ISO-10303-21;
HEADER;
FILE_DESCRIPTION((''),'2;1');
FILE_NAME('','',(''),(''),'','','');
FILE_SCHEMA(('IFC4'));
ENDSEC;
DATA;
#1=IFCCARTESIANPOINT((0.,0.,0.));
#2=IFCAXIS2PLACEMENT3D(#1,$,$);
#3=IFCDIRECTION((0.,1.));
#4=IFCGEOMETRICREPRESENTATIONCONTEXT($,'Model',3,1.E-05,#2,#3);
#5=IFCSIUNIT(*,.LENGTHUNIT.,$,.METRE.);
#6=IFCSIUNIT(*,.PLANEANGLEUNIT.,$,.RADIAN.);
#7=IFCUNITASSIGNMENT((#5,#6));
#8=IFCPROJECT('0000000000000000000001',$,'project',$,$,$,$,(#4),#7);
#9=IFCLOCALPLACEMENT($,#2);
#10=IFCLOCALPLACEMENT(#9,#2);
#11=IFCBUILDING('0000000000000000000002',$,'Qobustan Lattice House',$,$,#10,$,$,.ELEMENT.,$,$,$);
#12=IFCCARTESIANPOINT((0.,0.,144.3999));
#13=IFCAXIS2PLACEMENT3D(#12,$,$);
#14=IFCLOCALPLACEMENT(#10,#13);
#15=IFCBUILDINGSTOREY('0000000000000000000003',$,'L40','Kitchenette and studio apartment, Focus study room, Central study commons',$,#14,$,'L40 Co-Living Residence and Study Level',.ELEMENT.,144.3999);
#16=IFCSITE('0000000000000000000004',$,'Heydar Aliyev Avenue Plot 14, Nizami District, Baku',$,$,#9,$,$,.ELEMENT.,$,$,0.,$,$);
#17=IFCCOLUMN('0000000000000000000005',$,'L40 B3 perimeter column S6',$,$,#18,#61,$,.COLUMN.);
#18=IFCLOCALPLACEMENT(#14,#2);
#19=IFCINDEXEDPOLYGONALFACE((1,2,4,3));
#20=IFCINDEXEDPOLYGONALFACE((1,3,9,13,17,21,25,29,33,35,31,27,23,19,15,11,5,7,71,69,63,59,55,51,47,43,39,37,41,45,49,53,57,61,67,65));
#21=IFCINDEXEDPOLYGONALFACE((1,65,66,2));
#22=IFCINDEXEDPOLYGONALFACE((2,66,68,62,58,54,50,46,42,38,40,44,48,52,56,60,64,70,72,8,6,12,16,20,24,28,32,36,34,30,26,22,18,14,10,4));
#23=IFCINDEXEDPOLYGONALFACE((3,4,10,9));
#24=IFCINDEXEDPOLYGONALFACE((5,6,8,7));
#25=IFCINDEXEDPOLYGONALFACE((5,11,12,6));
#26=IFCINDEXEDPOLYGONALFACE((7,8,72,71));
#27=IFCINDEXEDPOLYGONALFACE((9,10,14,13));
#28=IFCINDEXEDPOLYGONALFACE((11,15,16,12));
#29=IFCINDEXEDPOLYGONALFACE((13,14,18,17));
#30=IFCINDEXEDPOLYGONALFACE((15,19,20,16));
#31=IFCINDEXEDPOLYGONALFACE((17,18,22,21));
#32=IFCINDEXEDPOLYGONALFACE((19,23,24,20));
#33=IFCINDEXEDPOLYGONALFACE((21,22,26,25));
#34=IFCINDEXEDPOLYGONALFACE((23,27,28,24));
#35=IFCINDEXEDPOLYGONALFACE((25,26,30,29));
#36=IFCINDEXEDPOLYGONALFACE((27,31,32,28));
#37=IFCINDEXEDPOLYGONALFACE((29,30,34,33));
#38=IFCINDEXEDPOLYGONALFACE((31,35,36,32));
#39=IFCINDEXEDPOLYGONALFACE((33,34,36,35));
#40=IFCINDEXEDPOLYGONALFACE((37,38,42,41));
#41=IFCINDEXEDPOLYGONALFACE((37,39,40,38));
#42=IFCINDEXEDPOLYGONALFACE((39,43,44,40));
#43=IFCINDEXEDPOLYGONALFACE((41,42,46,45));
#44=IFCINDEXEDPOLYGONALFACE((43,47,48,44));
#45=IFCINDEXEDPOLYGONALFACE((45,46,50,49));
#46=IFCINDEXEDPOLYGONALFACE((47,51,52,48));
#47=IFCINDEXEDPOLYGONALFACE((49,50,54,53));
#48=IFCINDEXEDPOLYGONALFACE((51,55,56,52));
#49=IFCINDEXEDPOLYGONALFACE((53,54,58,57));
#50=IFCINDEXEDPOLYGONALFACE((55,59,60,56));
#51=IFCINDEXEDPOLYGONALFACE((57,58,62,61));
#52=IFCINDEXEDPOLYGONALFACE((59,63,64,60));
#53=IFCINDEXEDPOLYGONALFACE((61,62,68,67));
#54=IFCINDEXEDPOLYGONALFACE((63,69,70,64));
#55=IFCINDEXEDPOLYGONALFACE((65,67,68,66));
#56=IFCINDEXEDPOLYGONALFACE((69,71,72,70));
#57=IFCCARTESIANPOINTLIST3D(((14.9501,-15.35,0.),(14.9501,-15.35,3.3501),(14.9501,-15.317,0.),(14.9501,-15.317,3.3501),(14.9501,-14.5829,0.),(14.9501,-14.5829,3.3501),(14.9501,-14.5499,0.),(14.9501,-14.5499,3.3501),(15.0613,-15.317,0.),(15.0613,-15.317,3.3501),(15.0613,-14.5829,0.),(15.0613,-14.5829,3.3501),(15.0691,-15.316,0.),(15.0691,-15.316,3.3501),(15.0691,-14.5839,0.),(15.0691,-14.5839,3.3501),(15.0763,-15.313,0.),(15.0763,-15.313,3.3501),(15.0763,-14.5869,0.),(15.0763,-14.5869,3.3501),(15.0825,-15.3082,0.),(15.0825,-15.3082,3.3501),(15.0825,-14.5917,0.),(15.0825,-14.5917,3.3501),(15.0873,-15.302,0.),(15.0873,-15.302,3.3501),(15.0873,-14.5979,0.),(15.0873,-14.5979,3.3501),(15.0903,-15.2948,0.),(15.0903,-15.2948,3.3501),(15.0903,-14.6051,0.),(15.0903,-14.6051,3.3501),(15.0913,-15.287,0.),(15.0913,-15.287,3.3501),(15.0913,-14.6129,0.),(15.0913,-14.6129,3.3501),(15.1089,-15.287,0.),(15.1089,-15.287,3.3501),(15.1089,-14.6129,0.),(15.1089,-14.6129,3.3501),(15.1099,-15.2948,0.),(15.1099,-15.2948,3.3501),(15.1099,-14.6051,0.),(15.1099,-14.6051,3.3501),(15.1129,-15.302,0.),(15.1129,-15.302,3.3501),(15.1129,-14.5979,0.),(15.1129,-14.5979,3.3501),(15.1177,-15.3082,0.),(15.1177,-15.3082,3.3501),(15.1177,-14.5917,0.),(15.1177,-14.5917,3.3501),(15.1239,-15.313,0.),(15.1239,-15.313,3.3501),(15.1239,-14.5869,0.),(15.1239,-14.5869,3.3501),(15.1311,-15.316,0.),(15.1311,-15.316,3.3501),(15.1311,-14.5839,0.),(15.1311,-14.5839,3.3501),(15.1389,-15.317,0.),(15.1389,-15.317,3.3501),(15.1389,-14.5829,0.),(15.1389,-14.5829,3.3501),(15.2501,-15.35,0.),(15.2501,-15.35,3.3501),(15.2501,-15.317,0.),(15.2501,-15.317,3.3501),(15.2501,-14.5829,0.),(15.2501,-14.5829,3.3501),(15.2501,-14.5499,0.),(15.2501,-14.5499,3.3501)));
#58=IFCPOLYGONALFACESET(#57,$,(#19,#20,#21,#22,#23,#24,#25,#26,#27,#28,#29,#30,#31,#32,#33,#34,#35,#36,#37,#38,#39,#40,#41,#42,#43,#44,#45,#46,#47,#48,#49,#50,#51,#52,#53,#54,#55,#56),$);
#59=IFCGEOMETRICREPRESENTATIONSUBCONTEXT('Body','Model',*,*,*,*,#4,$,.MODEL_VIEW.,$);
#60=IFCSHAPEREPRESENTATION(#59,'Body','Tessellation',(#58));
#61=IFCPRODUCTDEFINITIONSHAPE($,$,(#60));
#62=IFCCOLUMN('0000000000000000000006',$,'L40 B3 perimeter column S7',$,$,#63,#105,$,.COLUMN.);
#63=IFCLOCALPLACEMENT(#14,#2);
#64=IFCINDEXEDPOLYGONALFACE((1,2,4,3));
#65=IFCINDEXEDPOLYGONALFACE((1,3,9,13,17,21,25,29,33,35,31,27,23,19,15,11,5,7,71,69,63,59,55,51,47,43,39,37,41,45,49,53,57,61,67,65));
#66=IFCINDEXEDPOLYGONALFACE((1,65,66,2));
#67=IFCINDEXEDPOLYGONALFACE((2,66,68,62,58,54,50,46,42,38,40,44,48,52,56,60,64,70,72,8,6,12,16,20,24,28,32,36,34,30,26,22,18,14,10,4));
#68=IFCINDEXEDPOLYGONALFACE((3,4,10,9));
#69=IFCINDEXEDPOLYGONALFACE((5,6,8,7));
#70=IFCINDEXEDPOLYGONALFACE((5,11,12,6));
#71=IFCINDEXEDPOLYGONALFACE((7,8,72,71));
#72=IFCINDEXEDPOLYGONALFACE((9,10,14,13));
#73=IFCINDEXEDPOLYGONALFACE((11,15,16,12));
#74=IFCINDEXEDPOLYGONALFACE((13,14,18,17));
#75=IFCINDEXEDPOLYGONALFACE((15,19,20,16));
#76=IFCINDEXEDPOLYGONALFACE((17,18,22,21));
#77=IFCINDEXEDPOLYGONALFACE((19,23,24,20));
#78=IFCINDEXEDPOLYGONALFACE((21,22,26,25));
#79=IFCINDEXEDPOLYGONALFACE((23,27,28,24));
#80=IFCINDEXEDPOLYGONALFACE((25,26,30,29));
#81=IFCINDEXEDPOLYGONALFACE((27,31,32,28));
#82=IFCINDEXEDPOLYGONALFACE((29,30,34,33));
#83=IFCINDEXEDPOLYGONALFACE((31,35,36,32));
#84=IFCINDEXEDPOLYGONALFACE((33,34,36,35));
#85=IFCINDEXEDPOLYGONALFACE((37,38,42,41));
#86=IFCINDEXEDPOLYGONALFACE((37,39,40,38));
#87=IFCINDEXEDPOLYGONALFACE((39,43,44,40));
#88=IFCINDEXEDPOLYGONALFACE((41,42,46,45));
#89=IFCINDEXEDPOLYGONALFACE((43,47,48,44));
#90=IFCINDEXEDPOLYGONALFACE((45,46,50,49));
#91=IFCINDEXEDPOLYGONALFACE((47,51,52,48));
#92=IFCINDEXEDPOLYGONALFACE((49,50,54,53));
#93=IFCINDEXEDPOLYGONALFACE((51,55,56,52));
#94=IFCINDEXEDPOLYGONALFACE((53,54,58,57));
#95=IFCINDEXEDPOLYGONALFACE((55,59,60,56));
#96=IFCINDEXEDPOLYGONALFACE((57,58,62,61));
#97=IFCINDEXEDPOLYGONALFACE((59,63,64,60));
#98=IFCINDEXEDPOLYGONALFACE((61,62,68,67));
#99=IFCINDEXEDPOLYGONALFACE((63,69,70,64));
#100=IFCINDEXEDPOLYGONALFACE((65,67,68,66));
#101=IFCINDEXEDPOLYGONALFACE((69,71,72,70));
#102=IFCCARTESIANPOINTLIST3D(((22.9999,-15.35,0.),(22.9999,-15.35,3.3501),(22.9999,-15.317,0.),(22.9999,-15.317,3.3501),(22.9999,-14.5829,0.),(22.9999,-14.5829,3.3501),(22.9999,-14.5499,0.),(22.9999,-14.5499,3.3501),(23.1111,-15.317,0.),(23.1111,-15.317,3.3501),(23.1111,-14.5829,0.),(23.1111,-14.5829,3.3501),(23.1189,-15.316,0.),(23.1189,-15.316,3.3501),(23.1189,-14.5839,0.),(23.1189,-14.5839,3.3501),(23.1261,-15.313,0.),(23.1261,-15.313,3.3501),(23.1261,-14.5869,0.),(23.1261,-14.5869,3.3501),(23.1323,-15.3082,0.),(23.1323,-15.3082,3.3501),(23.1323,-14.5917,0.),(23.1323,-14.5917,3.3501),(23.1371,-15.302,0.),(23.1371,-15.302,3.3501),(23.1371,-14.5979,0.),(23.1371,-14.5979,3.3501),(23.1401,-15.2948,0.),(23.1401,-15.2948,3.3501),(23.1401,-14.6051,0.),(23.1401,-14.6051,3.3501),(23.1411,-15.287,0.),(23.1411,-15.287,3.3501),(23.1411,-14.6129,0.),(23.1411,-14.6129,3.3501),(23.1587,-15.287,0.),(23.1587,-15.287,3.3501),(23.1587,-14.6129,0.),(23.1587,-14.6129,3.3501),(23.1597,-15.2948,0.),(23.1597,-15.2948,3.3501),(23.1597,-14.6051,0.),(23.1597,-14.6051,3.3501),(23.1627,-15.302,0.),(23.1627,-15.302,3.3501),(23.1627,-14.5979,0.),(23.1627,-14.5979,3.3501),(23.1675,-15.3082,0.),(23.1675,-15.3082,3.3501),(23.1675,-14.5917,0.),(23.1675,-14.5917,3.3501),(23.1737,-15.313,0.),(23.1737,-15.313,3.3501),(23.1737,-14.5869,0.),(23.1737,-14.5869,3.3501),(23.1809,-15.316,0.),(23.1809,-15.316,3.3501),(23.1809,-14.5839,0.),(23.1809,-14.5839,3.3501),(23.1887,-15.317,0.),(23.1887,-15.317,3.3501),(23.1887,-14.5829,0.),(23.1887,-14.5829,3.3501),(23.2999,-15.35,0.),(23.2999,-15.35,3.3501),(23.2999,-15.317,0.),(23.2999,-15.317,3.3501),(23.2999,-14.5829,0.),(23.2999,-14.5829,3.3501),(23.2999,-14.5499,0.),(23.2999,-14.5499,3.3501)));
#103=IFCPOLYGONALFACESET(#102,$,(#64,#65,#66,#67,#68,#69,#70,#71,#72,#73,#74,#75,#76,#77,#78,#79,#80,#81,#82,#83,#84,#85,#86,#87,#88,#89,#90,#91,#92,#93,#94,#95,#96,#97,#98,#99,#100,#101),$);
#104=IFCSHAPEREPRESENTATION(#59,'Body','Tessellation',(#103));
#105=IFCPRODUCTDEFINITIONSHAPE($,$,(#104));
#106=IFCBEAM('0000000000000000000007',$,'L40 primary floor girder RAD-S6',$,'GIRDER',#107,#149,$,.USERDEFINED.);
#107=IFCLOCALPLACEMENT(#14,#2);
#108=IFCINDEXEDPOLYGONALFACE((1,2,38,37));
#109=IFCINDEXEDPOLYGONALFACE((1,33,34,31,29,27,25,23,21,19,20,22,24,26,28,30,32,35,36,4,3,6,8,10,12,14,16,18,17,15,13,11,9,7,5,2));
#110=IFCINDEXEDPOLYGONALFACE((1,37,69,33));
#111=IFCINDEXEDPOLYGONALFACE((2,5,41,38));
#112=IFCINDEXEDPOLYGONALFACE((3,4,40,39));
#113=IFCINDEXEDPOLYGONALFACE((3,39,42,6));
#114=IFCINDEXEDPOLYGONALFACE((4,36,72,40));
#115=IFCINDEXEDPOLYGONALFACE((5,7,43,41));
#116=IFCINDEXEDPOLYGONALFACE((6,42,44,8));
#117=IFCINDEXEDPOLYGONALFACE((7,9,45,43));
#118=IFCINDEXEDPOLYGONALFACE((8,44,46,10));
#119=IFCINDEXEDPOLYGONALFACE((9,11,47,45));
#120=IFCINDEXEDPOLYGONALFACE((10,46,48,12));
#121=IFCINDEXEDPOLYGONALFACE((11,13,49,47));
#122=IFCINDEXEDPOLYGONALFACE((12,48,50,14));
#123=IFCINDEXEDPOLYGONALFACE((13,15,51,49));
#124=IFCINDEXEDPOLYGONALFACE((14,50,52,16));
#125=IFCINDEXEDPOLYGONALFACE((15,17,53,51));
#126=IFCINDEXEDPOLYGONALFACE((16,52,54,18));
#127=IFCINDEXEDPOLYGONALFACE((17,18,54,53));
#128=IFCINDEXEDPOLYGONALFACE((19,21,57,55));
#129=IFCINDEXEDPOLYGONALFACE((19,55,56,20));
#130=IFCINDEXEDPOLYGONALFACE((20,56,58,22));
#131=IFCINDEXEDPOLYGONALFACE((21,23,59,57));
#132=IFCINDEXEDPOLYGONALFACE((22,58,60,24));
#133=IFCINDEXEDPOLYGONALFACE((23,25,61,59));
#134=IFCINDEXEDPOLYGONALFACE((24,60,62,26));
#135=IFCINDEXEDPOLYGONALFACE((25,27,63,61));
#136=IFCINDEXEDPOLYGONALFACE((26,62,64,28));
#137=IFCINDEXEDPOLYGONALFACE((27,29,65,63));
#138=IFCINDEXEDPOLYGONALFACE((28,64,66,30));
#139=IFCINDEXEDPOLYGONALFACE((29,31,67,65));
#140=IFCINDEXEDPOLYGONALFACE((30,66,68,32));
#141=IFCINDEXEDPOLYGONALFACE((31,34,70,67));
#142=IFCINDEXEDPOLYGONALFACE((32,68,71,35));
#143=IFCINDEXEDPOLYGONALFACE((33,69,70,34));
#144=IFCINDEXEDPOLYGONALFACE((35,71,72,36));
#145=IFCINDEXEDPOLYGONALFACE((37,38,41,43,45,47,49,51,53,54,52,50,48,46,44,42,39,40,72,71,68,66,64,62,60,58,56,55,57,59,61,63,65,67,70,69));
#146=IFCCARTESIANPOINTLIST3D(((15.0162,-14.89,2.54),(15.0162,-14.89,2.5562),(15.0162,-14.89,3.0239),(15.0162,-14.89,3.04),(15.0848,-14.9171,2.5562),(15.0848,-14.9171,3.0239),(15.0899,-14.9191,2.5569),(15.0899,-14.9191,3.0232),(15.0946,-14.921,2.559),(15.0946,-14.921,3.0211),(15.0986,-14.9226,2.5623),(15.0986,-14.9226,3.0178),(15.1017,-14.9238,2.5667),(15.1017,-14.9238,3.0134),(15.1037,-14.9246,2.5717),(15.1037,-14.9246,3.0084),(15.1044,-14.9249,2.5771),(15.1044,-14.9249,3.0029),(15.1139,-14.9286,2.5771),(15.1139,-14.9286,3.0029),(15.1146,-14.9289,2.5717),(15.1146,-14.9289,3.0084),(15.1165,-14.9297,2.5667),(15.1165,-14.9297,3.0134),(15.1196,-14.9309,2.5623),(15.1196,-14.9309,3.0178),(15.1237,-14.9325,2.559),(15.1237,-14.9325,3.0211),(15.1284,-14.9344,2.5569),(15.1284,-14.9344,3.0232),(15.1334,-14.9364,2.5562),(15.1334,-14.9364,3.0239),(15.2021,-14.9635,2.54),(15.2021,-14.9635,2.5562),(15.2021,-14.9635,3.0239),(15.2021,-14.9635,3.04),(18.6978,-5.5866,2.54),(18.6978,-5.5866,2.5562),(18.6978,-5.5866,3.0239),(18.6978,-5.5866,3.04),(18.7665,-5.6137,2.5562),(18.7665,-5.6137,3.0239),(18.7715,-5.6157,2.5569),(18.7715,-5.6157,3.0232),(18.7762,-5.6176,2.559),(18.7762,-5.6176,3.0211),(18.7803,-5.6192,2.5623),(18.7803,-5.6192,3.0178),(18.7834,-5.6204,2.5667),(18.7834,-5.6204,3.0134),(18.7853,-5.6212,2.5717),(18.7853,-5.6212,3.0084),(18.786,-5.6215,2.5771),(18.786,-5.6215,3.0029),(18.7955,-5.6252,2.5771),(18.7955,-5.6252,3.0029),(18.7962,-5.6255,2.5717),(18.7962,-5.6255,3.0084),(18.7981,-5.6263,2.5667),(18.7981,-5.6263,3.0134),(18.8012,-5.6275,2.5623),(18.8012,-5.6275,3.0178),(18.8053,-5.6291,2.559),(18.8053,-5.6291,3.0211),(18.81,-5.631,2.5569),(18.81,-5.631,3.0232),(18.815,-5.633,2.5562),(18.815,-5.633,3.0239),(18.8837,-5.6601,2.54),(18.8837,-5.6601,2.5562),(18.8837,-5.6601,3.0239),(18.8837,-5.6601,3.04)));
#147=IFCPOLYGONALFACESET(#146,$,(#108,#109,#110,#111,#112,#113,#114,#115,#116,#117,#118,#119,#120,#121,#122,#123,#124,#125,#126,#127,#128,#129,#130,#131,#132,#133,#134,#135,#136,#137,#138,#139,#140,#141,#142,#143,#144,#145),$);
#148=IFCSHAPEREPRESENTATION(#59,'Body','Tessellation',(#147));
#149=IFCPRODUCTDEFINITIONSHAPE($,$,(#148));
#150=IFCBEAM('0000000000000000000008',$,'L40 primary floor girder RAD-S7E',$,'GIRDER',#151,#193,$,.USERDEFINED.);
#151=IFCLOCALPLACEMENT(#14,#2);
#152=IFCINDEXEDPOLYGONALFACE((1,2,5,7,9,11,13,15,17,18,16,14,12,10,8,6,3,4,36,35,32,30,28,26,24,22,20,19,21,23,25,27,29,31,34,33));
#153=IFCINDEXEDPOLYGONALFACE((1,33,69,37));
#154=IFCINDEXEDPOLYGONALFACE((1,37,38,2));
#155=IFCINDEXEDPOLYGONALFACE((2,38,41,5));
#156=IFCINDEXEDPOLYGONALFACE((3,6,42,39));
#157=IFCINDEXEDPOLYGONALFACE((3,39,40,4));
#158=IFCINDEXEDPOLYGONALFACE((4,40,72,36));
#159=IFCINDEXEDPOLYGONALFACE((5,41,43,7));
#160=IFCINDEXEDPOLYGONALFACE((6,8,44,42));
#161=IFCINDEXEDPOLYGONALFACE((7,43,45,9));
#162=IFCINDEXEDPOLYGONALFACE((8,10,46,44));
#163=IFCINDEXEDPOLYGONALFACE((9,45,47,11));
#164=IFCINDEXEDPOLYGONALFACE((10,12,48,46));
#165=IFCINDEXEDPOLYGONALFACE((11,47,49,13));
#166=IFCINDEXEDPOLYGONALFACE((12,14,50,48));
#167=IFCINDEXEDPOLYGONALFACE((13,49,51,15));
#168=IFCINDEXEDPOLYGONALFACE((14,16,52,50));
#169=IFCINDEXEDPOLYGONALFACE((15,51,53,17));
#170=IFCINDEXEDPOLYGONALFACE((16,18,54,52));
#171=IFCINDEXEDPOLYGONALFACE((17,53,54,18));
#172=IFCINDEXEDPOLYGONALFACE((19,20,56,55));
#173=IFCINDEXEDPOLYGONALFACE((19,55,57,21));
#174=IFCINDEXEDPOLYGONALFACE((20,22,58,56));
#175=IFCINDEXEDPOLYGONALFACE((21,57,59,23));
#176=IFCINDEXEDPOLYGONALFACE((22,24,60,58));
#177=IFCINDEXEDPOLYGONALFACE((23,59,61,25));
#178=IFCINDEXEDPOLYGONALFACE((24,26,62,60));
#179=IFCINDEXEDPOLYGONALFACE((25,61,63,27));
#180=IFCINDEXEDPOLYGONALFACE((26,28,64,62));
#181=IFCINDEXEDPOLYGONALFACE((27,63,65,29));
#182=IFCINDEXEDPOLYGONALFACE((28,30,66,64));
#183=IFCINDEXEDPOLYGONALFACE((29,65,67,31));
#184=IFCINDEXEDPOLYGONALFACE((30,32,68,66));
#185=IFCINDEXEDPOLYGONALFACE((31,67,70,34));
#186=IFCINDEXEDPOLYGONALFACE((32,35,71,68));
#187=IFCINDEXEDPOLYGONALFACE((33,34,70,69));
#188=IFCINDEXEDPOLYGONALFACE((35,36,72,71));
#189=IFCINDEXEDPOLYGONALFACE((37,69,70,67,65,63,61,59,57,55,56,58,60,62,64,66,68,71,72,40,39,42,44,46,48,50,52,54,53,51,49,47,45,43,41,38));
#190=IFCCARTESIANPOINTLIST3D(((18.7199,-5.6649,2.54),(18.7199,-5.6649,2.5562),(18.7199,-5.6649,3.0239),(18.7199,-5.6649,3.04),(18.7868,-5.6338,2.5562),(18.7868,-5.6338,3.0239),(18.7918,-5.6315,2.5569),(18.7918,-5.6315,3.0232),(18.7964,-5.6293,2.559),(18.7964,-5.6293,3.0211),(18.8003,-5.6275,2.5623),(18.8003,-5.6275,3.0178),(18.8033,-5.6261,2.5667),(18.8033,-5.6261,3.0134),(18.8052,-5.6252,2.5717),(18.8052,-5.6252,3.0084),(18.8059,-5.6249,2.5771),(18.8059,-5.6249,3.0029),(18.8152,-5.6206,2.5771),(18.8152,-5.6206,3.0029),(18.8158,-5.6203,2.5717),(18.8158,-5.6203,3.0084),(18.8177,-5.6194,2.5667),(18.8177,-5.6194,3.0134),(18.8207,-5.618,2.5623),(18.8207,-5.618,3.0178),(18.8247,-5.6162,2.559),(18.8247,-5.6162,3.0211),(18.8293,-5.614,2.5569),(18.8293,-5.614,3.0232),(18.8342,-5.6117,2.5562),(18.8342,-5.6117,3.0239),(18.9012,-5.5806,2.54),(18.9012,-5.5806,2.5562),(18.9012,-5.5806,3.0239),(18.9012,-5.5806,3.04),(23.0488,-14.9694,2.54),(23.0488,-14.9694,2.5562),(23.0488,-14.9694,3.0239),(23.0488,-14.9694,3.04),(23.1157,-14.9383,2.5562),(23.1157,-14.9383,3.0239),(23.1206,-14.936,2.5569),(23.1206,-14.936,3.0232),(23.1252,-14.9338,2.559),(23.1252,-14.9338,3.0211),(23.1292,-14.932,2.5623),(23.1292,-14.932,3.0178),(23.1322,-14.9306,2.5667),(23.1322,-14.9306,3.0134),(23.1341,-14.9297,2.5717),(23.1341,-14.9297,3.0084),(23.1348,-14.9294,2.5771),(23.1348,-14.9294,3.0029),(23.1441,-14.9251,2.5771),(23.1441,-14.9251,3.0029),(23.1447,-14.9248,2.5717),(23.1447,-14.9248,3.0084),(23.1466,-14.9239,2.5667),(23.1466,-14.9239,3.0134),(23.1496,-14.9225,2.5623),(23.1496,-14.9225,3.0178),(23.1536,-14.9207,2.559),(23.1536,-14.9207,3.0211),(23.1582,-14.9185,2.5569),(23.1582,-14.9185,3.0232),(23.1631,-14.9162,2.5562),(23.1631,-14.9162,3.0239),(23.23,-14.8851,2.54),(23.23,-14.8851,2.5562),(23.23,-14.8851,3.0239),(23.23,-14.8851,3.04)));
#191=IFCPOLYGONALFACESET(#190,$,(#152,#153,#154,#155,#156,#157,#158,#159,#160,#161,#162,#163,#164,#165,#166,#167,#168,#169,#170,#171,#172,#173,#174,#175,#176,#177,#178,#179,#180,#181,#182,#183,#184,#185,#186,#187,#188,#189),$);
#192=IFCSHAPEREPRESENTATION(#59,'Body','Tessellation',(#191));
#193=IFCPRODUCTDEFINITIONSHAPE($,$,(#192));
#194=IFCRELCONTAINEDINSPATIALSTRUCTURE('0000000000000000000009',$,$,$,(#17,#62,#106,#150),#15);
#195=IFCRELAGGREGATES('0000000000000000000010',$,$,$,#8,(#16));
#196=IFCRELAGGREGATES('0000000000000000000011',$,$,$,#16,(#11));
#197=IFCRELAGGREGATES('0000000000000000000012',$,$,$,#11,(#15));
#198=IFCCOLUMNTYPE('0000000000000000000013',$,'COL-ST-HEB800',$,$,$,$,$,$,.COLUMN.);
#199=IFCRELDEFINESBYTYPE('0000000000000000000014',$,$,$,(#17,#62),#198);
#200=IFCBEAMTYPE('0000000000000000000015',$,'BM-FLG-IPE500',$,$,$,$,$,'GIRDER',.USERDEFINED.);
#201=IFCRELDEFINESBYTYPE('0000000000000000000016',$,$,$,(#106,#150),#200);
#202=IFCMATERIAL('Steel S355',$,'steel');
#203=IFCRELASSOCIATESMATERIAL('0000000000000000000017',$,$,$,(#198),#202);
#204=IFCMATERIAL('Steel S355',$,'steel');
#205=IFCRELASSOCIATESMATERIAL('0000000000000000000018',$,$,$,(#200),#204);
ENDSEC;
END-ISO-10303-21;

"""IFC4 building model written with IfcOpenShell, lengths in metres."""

from ifc_helpers import new_model, si_unit, direction, frame, origin, origin_2d, place, context, subcontext, project, spatial, i_section, extrude, material, material_profile, profile_set, type_object, element, save


model = new_model("IFC4")

# Units and contexts
model_context = context("Model", 3, precision=1e-05, world=origin(), true_north=direction((0.0, 1.0)))
body_context = subcontext(model_context, "Body", "Model", "MODEL_VIEW")
ifc_project = project(units=[si_unit("LENGTHUNIT", "METRE"), si_unit("PLANEANGLEUNIT", "RADIAN")], contexts=[model_context])

# Site, building, storey
site_placement = place(None, origin())
site = spatial("IfcSite", under=ifc_project, at=site_placement, Name="Heydar Aliyev Avenue Plot 14, Nizami District, Baku", CompositionType="ELEMENT", RefElevation=0.0)
building_placement = place(site_placement, origin())
building = spatial("IfcBuilding", under=site, at=building_placement, Name="Qobustan Lattice House", CompositionType="ELEMENT")
storey_placement = place(building_placement, frame((0.0, 0.0, 144.3999)))
storey = spatial("IfcBuildingStorey", under=building, at=storey_placement, Name="L40", Description="Kitchenette and studio apartment, Focus study room, Central study commons", LongName="L40 Co-Living Residence and Study Level", CompositionType="ELEMENT", Elevation=144.3999)

# Columns
ifc_material_1 = material(Name="Steel S355", Category="steel")
ifc_material_profile_1 = material_profile(ifc_material_1, i_section(OverallWidth=0.3, OverallDepth=0.8, WebThickness=0.0176, FlangeThickness=0.033, FilletRadius=0.03, at=origin_2d()), Name="HEB800")
ifc_profile_set_1 = profile_set([ifc_material_profile_1], Name="Steel S355")
column_type = type_object("IfcColumnType", Name="COL-ST-HEB800", PredefinedType="COLUMN", material=ifc_profile_set_1)
for number, where, z_axis, x_axis, name in (
    (1, (15.1001, -14.95, 0.0), (0.0, 0.0, 1.0), (1.0, 0.0, 0.0), "L40 B3 perimeter column S6"),
    (2, (23.1499, -14.95, 0.0), (0.0, 0.0, 1.0), (1.0, 0.0, 0.0), "L40 B3 perimeter column S7"),
):
    element("IfcColumn", number, at=place(storey_placement, frame(where, z_axis=z_axis, x_axis=x_axis)), inside=storey, type_object=column_type, Name=name, PredefinedType="COLUMN", context=body_context, shape_type="SweptSolid", body=[
        extrude(i_section(OverallWidth=0.3, OverallDepth=0.8, WebThickness=0.0176, FlangeThickness=0.033, FilletRadius=0.03, at=origin_2d()), origin(), (0.0, 0.0, 1.0), 3.3501),
    ])

# Beams
ifc_material_2 = material(Name="Steel S355", Category="steel")
ifc_material_profile_2 = material_profile(ifc_material_2, i_section(OverallWidth=0.2, OverallDepth=0.5, WebThickness=0.0103, FlangeThickness=0.0161, FilletRadius=0.021, at=origin_2d()), Name="IPE500")
ifc_profile_set_2 = profile_set([ifc_material_profile_2], Name="Steel S355")
beam_type_1 = type_object("IfcBeamType", Name="BM-FLG-IPE500", ElementType="GIRDER", PredefinedType="USERDEFINED", material=ifc_profile_set_2)
beam_1_placement = place(storey_placement, frame((15.1091, -14.9268, 2.79), z_axis=(0.367964, 0.92984, 0.0), x_axis=(-0.92984, 0.367964, 0.0)))
element("IfcBeam", 3, at=beam_1_placement, inside=storey, type_object=beam_type_1, Name="L40 primary floor girder RAD-S6", ObjectType="GIRDER", PredefinedType="USERDEFINED", context=body_context, shape_type="SweptSolid", body=[
    extrude(i_section(OverallWidth=0.2, OverallDepth=0.5, WebThickness=0.0103, FlangeThickness=0.0161, FilletRadius=0.021, at=origin_2d()), origin(), (0.0, 0.0, 1.0), 10.0054),
])
beam_2_placement = place(storey_placement, frame((23.1394, -14.9272, 2.79), z_axis=(-0.421828, 0.906676, 0.0), x_axis=(-0.906676, -0.421828, 0.0)))
element("IfcBeam", 4, at=beam_2_placement, inside=storey, type_object=beam_type_1, Name="L40 primary floor girder RAD-S7E", ObjectType="GIRDER", PredefinedType="USERDEFINED", context=body_context, shape_type="SweptSolid", body=[
    extrude(i_section(OverallWidth=0.2, OverallDepth=0.5, WebThickness=0.0103, FlangeThickness=0.0161, FilletRadius=0.021, at=origin_2d()), origin(), (0.0, 0.0, 1.0), 10.2622),
])

save(model, "model.ifc")
